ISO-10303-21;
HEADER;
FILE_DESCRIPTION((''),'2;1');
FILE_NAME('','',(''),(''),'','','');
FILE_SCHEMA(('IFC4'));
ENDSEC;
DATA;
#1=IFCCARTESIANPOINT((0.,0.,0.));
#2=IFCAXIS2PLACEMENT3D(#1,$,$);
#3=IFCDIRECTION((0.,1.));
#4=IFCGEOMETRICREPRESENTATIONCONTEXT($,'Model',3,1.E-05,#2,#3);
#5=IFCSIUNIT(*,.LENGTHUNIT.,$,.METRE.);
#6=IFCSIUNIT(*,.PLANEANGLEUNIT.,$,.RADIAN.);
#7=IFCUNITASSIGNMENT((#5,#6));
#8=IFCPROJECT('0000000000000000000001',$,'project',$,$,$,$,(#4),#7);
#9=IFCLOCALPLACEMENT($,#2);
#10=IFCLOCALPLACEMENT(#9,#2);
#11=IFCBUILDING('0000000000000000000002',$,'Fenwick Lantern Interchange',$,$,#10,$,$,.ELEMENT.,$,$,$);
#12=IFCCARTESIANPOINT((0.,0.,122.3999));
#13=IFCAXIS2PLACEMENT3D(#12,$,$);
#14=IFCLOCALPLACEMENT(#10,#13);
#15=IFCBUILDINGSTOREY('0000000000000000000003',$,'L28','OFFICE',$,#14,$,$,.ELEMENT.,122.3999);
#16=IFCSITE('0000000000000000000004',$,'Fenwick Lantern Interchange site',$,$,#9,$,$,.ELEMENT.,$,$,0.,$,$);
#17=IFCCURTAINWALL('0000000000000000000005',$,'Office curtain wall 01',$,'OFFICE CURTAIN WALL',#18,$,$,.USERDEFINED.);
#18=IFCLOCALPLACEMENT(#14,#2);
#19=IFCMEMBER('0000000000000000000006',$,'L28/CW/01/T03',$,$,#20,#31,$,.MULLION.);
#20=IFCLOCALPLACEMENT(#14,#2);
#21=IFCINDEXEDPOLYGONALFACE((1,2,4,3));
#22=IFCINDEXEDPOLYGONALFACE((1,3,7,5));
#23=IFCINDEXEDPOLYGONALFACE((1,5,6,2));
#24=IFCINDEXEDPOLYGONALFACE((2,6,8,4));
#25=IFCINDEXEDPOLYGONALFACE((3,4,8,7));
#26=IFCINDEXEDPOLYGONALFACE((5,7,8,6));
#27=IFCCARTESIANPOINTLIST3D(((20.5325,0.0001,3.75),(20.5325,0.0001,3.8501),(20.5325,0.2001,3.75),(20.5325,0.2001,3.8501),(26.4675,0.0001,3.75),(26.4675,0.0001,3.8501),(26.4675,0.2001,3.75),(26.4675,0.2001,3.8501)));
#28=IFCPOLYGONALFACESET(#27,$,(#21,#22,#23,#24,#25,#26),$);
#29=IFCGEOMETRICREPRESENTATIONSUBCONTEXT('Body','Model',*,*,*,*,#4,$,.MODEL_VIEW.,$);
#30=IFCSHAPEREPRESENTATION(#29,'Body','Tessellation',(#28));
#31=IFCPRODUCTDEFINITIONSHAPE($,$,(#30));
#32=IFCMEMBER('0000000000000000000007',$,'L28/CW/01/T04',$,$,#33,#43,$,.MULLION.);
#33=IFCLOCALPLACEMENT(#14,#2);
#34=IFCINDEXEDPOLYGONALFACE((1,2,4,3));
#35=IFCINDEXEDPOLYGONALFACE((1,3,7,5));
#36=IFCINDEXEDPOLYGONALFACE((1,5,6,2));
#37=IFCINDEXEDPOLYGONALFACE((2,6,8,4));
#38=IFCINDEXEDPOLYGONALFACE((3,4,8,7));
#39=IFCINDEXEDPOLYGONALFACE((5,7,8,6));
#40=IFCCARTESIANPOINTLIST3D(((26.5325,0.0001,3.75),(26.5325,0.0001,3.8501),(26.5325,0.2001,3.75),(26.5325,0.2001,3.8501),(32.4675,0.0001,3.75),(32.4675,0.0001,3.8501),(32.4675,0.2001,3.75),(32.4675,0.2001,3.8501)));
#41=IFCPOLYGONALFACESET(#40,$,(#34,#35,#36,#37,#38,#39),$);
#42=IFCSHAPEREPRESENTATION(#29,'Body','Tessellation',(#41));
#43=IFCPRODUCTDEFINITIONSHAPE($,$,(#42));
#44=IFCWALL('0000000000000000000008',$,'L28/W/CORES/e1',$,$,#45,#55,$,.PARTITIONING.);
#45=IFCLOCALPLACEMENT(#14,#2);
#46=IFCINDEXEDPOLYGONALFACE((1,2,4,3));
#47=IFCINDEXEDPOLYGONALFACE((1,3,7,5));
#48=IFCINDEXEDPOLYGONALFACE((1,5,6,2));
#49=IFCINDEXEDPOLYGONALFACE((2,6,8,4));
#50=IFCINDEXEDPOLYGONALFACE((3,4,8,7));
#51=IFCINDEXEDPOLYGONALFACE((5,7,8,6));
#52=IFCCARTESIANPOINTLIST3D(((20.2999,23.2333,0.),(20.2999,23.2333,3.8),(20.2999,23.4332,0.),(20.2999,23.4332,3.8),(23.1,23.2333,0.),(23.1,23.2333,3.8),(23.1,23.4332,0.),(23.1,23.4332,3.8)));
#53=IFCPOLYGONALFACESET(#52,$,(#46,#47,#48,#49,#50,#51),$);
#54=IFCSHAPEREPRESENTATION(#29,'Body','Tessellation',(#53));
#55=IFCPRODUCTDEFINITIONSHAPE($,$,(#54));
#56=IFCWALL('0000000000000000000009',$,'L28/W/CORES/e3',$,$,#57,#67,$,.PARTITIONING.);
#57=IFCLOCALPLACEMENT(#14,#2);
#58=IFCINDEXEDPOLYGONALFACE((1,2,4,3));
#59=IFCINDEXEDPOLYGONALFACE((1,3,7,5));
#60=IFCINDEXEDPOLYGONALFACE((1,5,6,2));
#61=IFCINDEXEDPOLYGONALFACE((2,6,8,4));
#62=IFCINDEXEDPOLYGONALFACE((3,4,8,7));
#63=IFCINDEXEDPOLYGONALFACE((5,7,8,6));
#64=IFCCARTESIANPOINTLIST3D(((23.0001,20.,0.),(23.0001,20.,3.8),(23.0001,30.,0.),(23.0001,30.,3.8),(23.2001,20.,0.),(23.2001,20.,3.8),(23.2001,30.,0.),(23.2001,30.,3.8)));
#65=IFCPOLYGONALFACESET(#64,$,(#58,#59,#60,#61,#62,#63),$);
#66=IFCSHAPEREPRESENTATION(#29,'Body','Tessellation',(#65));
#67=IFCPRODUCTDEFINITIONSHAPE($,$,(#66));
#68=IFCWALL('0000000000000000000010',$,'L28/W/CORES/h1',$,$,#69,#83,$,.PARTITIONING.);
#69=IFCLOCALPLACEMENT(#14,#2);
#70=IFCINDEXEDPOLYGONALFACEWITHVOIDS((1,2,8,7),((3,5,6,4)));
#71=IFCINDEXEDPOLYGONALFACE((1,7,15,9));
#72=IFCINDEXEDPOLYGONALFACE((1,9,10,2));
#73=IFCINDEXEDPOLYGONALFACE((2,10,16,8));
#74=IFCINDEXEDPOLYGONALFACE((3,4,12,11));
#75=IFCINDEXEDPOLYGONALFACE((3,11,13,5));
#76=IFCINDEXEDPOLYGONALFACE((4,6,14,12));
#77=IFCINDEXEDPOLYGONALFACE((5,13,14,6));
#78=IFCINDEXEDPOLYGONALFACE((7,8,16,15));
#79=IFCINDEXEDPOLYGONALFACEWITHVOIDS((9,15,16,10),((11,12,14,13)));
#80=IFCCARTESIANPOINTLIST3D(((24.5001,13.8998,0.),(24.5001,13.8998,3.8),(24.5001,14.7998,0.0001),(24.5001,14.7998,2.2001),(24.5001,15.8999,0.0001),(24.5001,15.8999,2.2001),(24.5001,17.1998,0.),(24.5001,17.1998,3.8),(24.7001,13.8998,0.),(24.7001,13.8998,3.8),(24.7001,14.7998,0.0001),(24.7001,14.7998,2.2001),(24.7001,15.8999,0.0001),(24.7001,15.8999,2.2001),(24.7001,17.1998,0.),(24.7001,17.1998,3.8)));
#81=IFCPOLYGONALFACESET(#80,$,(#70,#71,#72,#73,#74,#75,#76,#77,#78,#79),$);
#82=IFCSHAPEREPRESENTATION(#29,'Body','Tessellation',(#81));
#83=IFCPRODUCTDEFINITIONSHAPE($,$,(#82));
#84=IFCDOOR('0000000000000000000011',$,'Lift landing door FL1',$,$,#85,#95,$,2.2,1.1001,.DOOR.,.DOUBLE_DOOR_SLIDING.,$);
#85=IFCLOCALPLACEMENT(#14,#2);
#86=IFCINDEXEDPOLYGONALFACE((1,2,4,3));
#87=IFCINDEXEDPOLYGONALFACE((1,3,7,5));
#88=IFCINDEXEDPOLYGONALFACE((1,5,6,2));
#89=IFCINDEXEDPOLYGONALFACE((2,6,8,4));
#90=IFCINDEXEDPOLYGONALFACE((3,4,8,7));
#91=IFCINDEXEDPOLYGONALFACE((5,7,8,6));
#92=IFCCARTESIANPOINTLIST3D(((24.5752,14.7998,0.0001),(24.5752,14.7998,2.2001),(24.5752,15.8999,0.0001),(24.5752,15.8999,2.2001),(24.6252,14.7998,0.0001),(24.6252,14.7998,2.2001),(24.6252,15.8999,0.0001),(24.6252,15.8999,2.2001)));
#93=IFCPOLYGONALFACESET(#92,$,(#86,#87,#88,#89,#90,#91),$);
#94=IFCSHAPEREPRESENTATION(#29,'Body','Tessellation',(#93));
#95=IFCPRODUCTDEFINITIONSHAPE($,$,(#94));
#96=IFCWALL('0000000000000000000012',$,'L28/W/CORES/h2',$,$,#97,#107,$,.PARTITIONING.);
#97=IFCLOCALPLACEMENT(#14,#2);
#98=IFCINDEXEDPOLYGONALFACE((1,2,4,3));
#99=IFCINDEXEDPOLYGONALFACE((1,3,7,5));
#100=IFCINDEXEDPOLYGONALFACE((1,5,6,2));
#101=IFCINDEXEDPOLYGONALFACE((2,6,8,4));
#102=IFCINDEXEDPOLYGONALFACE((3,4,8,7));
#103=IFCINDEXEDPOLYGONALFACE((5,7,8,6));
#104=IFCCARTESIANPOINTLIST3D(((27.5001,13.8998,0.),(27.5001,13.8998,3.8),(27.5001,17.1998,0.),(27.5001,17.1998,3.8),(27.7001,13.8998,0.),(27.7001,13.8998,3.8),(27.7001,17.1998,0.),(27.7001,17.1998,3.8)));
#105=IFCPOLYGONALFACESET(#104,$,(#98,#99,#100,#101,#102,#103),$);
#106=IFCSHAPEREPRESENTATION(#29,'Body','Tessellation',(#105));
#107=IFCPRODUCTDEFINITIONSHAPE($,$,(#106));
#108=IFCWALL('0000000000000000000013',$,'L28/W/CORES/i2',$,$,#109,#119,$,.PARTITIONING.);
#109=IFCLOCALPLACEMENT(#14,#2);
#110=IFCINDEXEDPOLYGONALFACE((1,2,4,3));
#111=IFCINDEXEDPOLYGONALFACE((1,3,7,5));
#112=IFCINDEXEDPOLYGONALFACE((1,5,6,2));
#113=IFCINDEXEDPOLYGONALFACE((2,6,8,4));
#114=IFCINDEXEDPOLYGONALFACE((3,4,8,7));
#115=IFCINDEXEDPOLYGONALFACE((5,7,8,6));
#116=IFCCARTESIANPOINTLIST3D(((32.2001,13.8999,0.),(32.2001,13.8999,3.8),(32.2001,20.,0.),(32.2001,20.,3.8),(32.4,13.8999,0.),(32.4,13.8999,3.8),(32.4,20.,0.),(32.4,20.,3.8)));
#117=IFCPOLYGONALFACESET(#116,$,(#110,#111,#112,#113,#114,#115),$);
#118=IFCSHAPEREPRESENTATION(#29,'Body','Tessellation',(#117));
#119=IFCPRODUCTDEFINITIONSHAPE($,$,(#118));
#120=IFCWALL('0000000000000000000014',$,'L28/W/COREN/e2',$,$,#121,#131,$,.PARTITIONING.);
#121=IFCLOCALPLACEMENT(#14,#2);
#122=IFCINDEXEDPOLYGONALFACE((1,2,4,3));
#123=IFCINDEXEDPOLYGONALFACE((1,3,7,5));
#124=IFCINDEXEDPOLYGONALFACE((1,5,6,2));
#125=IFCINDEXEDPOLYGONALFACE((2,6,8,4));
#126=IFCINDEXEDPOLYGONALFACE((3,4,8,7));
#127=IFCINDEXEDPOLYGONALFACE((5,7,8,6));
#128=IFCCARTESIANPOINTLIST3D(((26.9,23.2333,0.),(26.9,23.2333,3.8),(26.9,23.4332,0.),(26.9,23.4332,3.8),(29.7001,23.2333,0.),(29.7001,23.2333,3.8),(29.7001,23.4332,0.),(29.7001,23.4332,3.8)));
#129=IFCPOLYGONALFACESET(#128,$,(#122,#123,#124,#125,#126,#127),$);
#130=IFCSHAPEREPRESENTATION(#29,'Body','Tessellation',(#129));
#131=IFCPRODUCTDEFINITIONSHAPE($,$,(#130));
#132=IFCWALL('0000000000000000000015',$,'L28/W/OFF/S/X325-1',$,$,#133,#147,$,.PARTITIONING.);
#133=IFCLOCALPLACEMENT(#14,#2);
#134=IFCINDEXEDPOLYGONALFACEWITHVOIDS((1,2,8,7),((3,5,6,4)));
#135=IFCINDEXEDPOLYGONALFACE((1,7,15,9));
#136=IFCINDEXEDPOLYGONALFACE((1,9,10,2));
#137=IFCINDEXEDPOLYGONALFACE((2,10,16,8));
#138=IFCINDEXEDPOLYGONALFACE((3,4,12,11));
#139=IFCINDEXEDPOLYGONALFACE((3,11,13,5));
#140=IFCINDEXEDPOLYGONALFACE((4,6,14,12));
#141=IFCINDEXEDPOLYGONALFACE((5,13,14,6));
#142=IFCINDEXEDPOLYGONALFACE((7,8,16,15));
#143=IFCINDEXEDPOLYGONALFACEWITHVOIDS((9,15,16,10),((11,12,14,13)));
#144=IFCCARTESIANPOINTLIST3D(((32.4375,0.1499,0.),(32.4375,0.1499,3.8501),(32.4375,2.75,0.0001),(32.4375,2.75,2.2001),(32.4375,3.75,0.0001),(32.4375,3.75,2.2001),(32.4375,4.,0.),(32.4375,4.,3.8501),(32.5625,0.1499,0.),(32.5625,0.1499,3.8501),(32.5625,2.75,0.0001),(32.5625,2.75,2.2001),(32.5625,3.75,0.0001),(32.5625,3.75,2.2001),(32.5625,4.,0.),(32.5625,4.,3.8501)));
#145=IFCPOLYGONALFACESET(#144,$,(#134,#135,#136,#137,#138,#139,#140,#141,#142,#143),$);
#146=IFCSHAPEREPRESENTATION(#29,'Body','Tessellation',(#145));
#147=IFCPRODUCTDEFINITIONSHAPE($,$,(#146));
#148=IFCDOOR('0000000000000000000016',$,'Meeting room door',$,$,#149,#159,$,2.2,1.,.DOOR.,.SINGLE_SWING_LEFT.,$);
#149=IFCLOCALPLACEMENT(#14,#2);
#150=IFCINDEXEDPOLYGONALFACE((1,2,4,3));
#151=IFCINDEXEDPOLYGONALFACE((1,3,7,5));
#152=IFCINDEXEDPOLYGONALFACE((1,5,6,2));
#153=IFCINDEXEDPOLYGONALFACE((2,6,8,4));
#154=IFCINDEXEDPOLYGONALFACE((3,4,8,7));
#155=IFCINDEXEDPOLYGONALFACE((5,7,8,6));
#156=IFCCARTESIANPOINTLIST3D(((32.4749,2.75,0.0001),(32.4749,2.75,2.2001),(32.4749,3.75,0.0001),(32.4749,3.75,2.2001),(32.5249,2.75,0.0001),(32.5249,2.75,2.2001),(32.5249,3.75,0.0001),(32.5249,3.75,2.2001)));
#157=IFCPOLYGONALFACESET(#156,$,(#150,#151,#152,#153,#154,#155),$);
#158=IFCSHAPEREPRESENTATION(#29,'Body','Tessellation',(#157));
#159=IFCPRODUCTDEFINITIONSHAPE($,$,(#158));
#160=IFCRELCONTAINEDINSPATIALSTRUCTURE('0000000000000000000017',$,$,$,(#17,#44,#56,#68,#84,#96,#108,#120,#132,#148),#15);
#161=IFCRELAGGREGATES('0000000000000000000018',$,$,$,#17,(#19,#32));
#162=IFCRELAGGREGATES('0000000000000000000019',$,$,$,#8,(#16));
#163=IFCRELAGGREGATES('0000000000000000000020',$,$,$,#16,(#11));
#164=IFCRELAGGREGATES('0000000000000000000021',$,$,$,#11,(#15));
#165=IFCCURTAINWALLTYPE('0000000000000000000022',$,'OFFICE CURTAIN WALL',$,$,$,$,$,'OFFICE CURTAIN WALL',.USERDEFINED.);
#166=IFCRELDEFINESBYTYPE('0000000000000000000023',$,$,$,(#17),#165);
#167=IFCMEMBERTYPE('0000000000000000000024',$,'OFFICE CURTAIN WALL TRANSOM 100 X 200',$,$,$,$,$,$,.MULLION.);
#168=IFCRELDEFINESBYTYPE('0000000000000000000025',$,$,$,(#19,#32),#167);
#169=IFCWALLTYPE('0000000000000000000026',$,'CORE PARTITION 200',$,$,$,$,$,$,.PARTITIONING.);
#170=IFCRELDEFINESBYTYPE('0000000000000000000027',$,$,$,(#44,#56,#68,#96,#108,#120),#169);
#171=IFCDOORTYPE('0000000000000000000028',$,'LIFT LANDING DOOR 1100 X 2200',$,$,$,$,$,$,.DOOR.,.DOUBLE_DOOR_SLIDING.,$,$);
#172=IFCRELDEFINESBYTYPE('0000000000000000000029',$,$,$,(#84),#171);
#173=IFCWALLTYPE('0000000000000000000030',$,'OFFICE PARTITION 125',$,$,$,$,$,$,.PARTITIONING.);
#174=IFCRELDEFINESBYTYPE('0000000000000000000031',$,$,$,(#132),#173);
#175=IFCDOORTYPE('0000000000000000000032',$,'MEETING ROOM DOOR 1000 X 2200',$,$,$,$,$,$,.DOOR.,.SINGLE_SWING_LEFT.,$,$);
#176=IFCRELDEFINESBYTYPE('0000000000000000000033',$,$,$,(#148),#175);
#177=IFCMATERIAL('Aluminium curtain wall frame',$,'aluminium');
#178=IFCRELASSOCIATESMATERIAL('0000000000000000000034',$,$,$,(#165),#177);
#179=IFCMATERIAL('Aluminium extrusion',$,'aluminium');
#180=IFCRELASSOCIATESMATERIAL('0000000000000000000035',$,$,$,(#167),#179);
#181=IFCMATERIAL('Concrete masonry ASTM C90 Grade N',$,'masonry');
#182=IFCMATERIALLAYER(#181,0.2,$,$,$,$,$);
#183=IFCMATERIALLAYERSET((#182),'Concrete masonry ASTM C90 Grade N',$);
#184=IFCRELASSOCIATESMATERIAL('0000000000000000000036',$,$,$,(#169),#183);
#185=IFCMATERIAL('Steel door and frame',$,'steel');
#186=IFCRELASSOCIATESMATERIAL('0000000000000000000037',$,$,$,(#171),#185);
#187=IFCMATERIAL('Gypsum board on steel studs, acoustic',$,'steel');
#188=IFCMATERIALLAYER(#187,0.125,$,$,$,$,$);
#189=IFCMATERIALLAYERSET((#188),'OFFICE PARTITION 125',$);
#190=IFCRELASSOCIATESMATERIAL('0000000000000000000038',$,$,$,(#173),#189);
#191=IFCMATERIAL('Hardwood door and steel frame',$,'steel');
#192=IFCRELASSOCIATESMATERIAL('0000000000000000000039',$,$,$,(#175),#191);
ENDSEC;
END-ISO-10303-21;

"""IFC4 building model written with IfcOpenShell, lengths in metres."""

from ifc_helpers import new_model, si_unit, direction, frame, frame_2d, origin, origin_2d, place, context, subcontext, project, spatial, rectangle, extrude, material, layer, layer_set, material_profile, profile_set, type_object, element, fill, aggregate, save


model = new_model("IFC4")

# Units and contexts
model_context = context("Model", 3, precision=1e-05, world=origin(), true_north=direction((0.0, 1.0)))
body_context = subcontext(model_context, "Body", "Model", "MODEL_VIEW")
ifc_project = project(units=[si_unit("LENGTHUNIT", "METRE"), si_unit("PLANEANGLEUNIT", "RADIAN")], contexts=[model_context])

# Site, building, storey
site_placement = place(None, origin())
site = spatial("IfcSite", under=ifc_project, at=site_placement, Name="Fenwick Lantern Interchange site", CompositionType="ELEMENT", RefElevation=0.0)
building_placement = place(site_placement, origin())
building = spatial("IfcBuilding", under=site, at=building_placement, Name="Fenwick Lantern Interchange", CompositionType="ELEMENT")
storey_placement = place(building_placement, frame((0.0, 0.0, 122.3999)))
storey = spatial("IfcBuildingStorey", under=building, at=storey_placement, Name="L28", Description="OFFICE", CompositionType="ELEMENT", Elevation=122.3999)

# Curtain wall, members
ifc_material_1 = material(Name="Aluminium curtain wall frame", Category="aluminium")
curtain_wall_type = type_object("IfcCurtainWallType", Name="OFFICE CURTAIN WALL", ElementType="OFFICE CURTAIN WALL", PredefinedType="USERDEFINED", material=ifc_material_1)
curtain_wall_placement = place(storey_placement, origin())
curtain_wall = element("IfcCurtainWall", 1, at=curtain_wall_placement, inside=storey, type_object=curtain_wall_type, Name="Office curtain wall 01", ObjectType="OFFICE CURTAIN WALL", PredefinedType="USERDEFINED")
ifc_material_2 = material(Name="Aluminium extrusion", Category="aluminium")
ifc_material_profile_1 = material_profile(ifc_material_2, rectangle(XDim=0.2, YDim=0.1001, at=origin_2d()), Name="OFFICE CURTAIN WALL TRANSOM 100 X 200")
ifc_profile_set_1 = profile_set([ifc_material_profile_1], Name="Aluminium extrusion")
member_type_1 = type_object("IfcMemberType", Name="OFFICE CURTAIN WALL TRANSOM 100 X 200", PredefinedType="MULLION", material=ifc_profile_set_1)
member_1_placement = place(storey_placement, frame((20.5325, 0.1001, 3.8), z_axis=(1.0, 0.0, 0.0), x_axis=(0.0, 1.0, 0.0)))
member_1 = element("IfcMember", 2, at=member_1_placement, type_object=member_type_1, Name="L28/CW/01/T03", PredefinedType="MULLION", context=body_context, shape_type="SweptSolid", body=[
    extrude(rectangle(XDim=0.2, YDim=0.1001, at=origin_2d()), origin(), (0.0, 0.0, 1.0), 5.9351),
])
member_2_placement = place(storey_placement, frame((26.5325, 0.1001, 3.8), z_axis=(1.0, 0.0, 0.0), x_axis=(0.0, 1.0, 0.0)))
member_2 = element("IfcMember", 3, at=member_2_placement, type_object=member_type_1, Name="L28/CW/01/T04", PredefinedType="MULLION", context=body_context, shape_type="SweptSolid", body=[
    extrude(rectangle(XDim=0.2, YDim=0.1001, at=origin_2d()), origin(), (0.0, 0.0, 1.0), 5.9351),
])
aggregate(curtain_wall, [member_1, member_2])

# Walls
ifc_material_3 = material(Name="Concrete masonry ASTM C90 Grade N", Category="masonry")
ifc_layer_1 = layer(ifc_material_3, 0.2)
ifc_layer_set_1 = layer_set([ifc_layer_1], Name="Concrete masonry ASTM C90 Grade N")
wall_type_1 = type_object("IfcWallType", Name="CORE PARTITION 200", PredefinedType="PARTITIONING", material=ifc_layer_set_1)
wall_1_placement = place(storey_placement, frame((20.3, 23.3333, 0.0), z_axis=(0.0, 0.0, 1.0), x_axis=(1.0, 0.0, 0.0)))
element("IfcWall", 4, at=wall_1_placement, inside=storey, type_object=wall_type_1, Name="L28/W/CORES/e1", PredefinedType="PARTITIONING", context=body_context, shape_type="SweptSolid", body=[
    extrude(rectangle(XDim=2.8, YDim=0.2, at=frame_2d((1.3999, 0.0))), origin(), (0.0, 0.0, 1.0), 3.8),
])
wall_2_placement = place(storey_placement, frame((23.1001, 20.0, 0.0), z_axis=(0.0, 0.0, 1.0), x_axis=(0.0, 1.0, 0.0)))
element("IfcWall", 5, at=wall_2_placement, inside=storey, type_object=wall_type_1, Name="L28/W/CORES/e3", PredefinedType="PARTITIONING", context=body_context, shape_type="SweptSolid", body=[
    extrude(rectangle(XDim=10.0, YDim=0.2, at=frame_2d((5.0, 0.0))), origin(), (0.0, 0.0, 1.0), 3.8),
])

# Wall, opening, door
wall_3_placement = place(storey_placement, frame((24.6001, 13.8999, 0.0), z_axis=(0.0, 0.0, 1.0), x_axis=(0.0, 1.0, 0.0)))
wall_3 = element("IfcWall", 6, at=wall_3_placement, inside=storey, type_object=wall_type_1, Name="L28/W/CORES/h1", PredefinedType="PARTITIONING", context=body_context, shape_type="SweptSolid", body=[
    extrude(rectangle(XDim=3.3, YDim=0.2, at=frame_2d((1.6499, 0.0))), origin(), (0.0, 0.0, 1.0), 3.8),
])
opening_1_placement = place(wall_3_placement, frame((0.8999, 0.0, 0.0)))
opening_1 = element("IfcOpeningElement", 7, at=opening_1_placement, cuts=wall_3, PredefinedType="OPENING", context=body_context, shape_type="SweptSolid", body=[
    extrude(rectangle(XDim=1.1001, YDim=2.2, at=frame_2d((0.55, 1.1001))), frame((0.0, 0.1099, 0.0), z_axis=(0.0, -1.0, 0.0), x_axis=(1.0, 0.0, 0.0)), (0.0, 0.0, 1.0), 0.22),
])
ifc_material_4 = material(Name="Steel door and frame", Category="steel")
door_type_1 = type_object("IfcDoorType", Name="LIFT LANDING DOOR 1100 X 2200", OperationType="DOUBLE_DOOR_SLIDING", PredefinedType="DOOR", material=ifc_material_4)
door_1_placement = place(opening_1_placement, origin())
door_1 = element("IfcDoor", 8, at=door_1_placement, inside=storey, type_object=door_type_1, Name="Lift landing door FL1", OperationType="DOUBLE_DOOR_SLIDING", OverallHeight=2.2, OverallWidth=1.1001, PredefinedType="DOOR", context=body_context, shape_type="SweptSolid", body=[
    extrude(rectangle(XDim=1.1001, YDim=2.2, at=frame_2d((0.55, 1.1001))), frame((0.0, 0.0249, 0.0), z_axis=(0.0, -1.0, 0.0), x_axis=(1.0, 0.0, 0.0)), (0.0, 0.0, 1.0), 0.05),
])
fill(opening_1, door_1)

# Walls
wall_4_placement = place(storey_placement, frame((27.6001, 13.8999, 0.0), z_axis=(0.0, 0.0, 1.0), x_axis=(0.0, 1.0, 0.0)))
element("IfcWall", 9, at=wall_4_placement, inside=storey, type_object=wall_type_1, Name="L28/W/CORES/h2", PredefinedType="PARTITIONING", context=body_context, shape_type="SweptSolid", body=[
    extrude(rectangle(XDim=3.3, YDim=0.2, at=frame_2d((1.6499, 0.0))), origin(), (0.0, 0.0, 1.0), 3.8),
])
wall_5_placement = place(storey_placement, frame((32.3, 13.8999, 0.0), z_axis=(0.0, 0.0, 1.0), x_axis=(0.0, 1.0, 0.0)))
element("IfcWall", 10, at=wall_5_placement, inside=storey, type_object=wall_type_1, Name="L28/W/CORES/i2", PredefinedType="PARTITIONING", context=body_context, shape_type="SweptSolid", body=[
    extrude(rectangle(XDim=6.1001, YDim=0.2, at=frame_2d((3.05, 0.0))), origin(), (0.0, 0.0, 1.0), 3.8),
])
wall_6_placement = place(storey_placement, frame((29.7, 23.3333, 0.0), z_axis=(0.0, 0.0, 1.0), x_axis=(-1.0, 0.0, 0.0)))
element("IfcWall", 11, at=wall_6_placement, inside=storey, type_object=wall_type_1, Name="L28/W/COREN/e2", PredefinedType="PARTITIONING", context=body_context, shape_type="SweptSolid", body=[
    extrude(rectangle(XDim=2.8, YDim=0.2, at=frame_2d((1.3999, 0.0))), origin(), (0.0, 0.0, 1.0), 3.8),
])

# Wall, opening, door
ifc_material_5 = material(Name="Gypsum board on steel studs, acoustic", Category="steel")
ifc_layer_2 = layer(ifc_material_5, 0.125)
ifc_layer_set_2 = layer_set([ifc_layer_2], Name="OFFICE PARTITION 125")
wall_type_2 = type_object("IfcWallType", Name="OFFICE PARTITION 125", PredefinedType="PARTITIONING", material=ifc_layer_set_2)
wall_7_placement = place(storey_placement, frame((32.5, 0.1499, 0.0), z_axis=(0.0, 0.0, 1.0), x_axis=(0.0, 1.0, 0.0)))
wall_7 = element("IfcWall", 12, at=wall_7_placement, inside=storey, type_object=wall_type_2, Name="L28/W/OFF/S/X325-1", PredefinedType="PARTITIONING", context=body_context, shape_type="SweptSolid", body=[
    extrude(rectangle(XDim=3.8501, YDim=0.125, at=frame_2d((1.925, 0.0))), origin(), (0.0, 0.0, 1.0), 3.8501),
])
opening_2_placement = place(wall_7_placement, frame((2.6001, 0.0, 0.0)))
opening_2 = element("IfcOpeningElement", 13, at=opening_2_placement, cuts=wall_7, PredefinedType="OPENING", context=body_context, shape_type="SweptSolid", body=[
    extrude(rectangle(XDim=1.0, YDim=2.2, at=frame_2d((0.5, 1.1001))), frame((0.0, 0.0725, 0.0), z_axis=(0.0, -1.0, 0.0), x_axis=(1.0, 0.0, 0.0)), (0.0, 0.0, 1.0), 0.145),
])
ifc_material_6 = material(Name="Hardwood door and steel frame", Category="steel")
door_type_2 = type_object("IfcDoorType", Name="MEETING ROOM DOOR 1000 X 2200", OperationType="SINGLE_SWING_LEFT", PredefinedType="DOOR", material=ifc_material_6)
door_2_placement = place(opening_2_placement, frame((1.0, 0.0, 0.0), z_axis=(0.0, 0.0, 1.0), x_axis=(-1.0, 0.0, 0.0)))
door_2 = element("IfcDoor", 14, at=door_2_placement, inside=storey, type_object=door_type_2, Name="Meeting room door", OperationType="SINGLE_SWING_LEFT", OverallHeight=2.2, OverallWidth=1.0, PredefinedType="DOOR", context=body_context, shape_type="SweptSolid", body=[
    extrude(rectangle(XDim=1.0, YDim=2.2, at=frame_2d((0.5, 1.1001))), frame((0.0, 0.0249, 0.0), z_axis=(0.0, -1.0, 0.0), x_axis=(1.0, 0.0, 0.0)), (0.0, 0.0, 1.0), 0.05),
])
fill(opening_2, door_2)

save(model, "model.ifc")
